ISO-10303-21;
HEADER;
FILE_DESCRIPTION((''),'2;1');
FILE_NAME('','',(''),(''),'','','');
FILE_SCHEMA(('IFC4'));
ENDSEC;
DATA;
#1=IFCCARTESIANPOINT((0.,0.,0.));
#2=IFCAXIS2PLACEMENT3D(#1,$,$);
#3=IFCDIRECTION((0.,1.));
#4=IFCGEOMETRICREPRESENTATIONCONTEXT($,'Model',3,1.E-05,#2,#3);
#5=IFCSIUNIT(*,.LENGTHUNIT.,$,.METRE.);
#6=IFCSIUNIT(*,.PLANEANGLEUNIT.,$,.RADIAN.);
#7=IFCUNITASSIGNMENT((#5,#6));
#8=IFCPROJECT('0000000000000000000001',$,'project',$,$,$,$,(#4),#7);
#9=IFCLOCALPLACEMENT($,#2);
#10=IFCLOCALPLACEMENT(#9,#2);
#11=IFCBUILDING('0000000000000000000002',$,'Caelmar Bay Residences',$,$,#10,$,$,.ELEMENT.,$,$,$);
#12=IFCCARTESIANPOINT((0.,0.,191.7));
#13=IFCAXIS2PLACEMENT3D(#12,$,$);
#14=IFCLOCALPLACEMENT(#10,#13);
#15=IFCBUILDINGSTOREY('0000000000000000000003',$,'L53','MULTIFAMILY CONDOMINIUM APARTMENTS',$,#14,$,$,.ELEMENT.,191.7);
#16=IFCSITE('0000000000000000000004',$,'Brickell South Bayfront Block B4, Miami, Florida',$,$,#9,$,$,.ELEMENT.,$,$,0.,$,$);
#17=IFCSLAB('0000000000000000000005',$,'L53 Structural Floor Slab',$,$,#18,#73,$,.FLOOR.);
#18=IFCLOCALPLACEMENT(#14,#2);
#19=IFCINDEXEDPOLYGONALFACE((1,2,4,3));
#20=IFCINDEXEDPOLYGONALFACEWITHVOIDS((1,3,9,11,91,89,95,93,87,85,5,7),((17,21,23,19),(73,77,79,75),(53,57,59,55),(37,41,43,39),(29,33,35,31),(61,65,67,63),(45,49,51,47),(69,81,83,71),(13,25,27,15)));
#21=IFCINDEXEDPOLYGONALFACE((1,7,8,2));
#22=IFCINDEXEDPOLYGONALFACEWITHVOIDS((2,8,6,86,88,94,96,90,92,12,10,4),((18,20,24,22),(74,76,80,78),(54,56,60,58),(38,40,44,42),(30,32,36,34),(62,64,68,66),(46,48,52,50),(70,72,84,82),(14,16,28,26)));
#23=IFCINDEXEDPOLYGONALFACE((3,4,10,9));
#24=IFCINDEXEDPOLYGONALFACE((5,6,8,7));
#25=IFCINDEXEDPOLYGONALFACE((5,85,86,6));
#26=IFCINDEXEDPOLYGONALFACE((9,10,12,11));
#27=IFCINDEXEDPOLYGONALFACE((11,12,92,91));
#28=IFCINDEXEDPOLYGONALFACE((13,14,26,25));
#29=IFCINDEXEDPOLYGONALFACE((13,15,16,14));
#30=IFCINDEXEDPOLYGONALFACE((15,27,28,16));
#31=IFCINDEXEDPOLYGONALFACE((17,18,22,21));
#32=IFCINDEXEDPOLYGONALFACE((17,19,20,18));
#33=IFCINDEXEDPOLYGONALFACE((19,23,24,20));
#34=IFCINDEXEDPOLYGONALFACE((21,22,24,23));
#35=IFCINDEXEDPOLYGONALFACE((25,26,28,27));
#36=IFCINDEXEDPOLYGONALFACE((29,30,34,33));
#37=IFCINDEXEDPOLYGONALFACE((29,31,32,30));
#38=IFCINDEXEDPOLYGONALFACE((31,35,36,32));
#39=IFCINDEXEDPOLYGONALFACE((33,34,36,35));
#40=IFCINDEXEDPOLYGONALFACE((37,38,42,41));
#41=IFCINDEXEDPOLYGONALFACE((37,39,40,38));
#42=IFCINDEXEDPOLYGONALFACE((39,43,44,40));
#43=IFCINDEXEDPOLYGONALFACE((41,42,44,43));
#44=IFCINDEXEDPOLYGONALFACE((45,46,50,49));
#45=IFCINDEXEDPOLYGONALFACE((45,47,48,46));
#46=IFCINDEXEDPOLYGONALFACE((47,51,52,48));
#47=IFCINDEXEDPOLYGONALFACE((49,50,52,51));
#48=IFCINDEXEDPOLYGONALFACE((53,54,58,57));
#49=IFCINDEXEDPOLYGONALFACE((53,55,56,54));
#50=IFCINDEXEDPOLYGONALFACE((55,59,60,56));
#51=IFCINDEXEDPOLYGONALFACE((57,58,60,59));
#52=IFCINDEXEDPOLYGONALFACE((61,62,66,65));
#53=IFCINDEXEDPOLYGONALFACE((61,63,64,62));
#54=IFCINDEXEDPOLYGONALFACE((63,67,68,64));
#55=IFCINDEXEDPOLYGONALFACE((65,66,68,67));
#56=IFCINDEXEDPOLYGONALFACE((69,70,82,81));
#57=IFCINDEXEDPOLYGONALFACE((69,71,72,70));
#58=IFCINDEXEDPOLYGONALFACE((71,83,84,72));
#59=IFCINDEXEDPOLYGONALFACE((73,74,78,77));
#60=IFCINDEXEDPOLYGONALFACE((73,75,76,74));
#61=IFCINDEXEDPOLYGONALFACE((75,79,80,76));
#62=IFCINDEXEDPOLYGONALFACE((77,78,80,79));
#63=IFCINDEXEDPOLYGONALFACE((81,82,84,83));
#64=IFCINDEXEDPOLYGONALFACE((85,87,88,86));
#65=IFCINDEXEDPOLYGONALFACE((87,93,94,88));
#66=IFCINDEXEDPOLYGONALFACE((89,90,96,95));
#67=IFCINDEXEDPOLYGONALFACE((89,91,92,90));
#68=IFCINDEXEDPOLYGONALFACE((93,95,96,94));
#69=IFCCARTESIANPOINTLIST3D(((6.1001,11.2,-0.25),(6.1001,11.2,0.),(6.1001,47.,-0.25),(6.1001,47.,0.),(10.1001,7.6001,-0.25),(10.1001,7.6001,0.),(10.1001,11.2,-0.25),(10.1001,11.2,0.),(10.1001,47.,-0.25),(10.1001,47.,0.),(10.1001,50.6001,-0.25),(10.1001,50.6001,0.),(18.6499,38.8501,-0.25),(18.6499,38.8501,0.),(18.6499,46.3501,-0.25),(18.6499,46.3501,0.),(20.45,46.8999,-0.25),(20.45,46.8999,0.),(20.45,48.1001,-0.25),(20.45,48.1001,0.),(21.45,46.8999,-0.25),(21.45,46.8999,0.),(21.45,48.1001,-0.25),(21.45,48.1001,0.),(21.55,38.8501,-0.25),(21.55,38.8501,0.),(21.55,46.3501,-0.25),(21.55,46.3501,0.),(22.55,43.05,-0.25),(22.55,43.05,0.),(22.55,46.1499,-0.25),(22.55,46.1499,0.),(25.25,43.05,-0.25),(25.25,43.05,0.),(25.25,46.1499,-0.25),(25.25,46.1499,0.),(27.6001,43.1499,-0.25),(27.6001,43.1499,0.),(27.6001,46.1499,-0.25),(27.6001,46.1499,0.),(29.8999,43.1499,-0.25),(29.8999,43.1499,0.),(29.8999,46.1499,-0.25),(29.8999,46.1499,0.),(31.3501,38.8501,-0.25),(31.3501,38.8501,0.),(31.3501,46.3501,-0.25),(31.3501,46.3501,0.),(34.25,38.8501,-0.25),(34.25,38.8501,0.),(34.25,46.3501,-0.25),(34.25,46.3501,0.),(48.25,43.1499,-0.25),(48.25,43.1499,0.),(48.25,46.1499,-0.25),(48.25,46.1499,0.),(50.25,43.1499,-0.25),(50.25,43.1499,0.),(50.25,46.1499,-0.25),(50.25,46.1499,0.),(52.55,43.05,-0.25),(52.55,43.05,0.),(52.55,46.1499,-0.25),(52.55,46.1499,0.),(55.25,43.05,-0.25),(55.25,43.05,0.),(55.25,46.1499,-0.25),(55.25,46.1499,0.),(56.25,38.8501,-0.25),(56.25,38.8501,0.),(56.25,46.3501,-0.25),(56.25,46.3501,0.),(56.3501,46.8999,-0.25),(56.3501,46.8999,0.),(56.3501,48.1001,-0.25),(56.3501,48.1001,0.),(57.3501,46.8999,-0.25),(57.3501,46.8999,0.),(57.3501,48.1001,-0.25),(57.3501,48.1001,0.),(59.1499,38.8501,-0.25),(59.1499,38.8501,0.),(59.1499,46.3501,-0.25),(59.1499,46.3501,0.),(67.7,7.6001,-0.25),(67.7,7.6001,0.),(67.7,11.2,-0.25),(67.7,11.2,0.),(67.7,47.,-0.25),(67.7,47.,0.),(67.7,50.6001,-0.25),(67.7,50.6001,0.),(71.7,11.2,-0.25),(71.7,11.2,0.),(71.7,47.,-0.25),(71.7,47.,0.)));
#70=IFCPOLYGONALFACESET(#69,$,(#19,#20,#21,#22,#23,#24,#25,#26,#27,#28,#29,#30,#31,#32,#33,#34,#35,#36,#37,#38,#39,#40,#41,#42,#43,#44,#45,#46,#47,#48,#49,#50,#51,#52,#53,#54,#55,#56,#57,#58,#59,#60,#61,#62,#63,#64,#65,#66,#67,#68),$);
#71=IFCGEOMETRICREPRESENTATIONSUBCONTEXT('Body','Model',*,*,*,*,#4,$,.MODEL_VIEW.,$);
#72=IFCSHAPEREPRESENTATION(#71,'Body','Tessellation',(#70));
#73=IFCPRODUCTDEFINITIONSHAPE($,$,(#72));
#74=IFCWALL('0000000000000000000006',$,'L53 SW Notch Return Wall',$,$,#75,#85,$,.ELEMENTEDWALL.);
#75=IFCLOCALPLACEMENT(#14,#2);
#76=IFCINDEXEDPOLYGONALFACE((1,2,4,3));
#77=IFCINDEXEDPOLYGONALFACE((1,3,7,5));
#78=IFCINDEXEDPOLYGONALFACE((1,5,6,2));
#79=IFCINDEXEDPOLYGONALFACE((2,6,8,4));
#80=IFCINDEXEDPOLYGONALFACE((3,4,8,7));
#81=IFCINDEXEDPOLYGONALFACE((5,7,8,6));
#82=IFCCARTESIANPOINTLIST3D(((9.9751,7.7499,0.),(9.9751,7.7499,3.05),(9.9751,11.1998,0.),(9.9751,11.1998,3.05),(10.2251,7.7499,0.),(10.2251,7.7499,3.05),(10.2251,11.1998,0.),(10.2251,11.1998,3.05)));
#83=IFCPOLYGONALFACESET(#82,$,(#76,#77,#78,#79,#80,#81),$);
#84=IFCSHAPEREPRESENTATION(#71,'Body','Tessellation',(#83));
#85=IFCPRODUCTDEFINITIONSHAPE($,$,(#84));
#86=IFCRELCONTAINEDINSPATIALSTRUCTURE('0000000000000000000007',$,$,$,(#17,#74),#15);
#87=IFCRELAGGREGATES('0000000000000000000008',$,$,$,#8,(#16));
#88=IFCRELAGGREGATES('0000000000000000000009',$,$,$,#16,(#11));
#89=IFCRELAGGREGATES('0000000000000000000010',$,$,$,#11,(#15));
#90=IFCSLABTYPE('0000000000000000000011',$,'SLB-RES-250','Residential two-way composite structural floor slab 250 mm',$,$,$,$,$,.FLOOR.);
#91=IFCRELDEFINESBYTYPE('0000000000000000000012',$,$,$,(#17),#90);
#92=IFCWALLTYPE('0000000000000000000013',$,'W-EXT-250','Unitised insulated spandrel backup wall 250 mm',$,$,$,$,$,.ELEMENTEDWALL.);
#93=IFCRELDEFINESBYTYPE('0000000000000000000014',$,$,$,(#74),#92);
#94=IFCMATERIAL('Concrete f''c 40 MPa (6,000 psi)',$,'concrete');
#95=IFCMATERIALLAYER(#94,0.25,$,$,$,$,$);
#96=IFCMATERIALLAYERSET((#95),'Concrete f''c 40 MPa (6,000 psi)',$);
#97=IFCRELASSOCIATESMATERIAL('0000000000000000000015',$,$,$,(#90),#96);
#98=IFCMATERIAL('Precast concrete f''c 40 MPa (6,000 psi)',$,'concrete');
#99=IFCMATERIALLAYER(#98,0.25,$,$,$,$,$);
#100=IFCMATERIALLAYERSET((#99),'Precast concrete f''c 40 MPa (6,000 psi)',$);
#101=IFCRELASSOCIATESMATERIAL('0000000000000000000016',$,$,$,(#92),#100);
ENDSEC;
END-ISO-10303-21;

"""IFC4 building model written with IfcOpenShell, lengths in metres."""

from ifc_helpers import new_model, si_unit, direction, frame, frame_2d, origin, place, context, subcontext, project, spatial, polyline, rectangle, outline, extrude, material, layer, layer_set, type_object, element, save


model = new_model("IFC4")

# Units and contexts
model_context = context("Model", 3, precision=1e-05, world=origin(), true_north=direction((0.0, 1.0)))
body_context = subcontext(model_context, "Body", "Model", "MODEL_VIEW")
ifc_project = project(units=[si_unit("LENGTHUNIT", "METRE"), si_unit("PLANEANGLEUNIT", "RADIAN")], contexts=[model_context])

# Site, building, storey
site_placement = place(None, origin())
site = spatial("IfcSite", under=ifc_project, at=site_placement, Name="Brickell South Bayfront Block B4, Miami, Florida", CompositionType="ELEMENT", RefElevation=0.0)
building_placement = place(site_placement, origin())
building = spatial("IfcBuilding", under=site, at=building_placement, Name="Caelmar Bay Residences", CompositionType="ELEMENT")
storey_placement = place(building_placement, frame((0.0, 0.0, 191.7)))
storey = spatial("IfcBuildingStorey", under=building, at=storey_placement, Name="L53", Description="MULTIFAMILY CONDOMINIUM APARTMENTS", CompositionType="ELEMENT", Elevation=191.7)

# Shared definitions
ifc_material_1 = material(Name="Concrete f'c 40 MPa (6,000 psi)", Category="concrete")

# Slab
ifc_layer_1 = layer(ifc_material_1, 0.25)
ifc_layer_set_1 = layer_set([ifc_layer_1], Name="Concrete f'c 40 MPa (6,000 psi)")
slab_type_1 = type_object("IfcSlabType", Name="SLB-RES-250", Description="Residential two-way composite structural floor slab 250 mm", PredefinedType="FLOOR", material=ifc_layer_set_1)
slab_1_placement = place(storey_placement, frame((0.0, 0.0, -0.25)))
element("IfcSlab", 1, at=slab_1_placement, inside=storey, type_object=slab_type_1, Name="L53 Structural Floor Slab", PredefinedType="FLOOR", context=body_context, shape_type="SweptSolid", body=[
    extrude(outline(polyline([(10.1001, 7.6001), (67.7, 7.6001), (67.7, 11.2), (71.7, 11.2), (71.7, 47.0), (67.7, 47.0), (67.7, 50.6001), (10.1001, 50.6001), (10.1001, 47.0), (6.1001, 47.0), (6.1001, 11.2), (10.1001, 11.2), (10.1001, 7.6001)]), holes=[polyline([(18.6499, 38.8501), (21.55, 38.8501), (21.55, 46.3501), (18.6499, 46.3501), (18.6499, 38.8501)]), polyline([(56.25, 38.8501), (59.1499, 38.8501), (59.1499, 46.3501), (56.25, 46.3501), (56.25, 38.8501)]), polyline([(31.3501, 38.8501), (34.25, 38.8501), (34.25, 46.3501), (31.3501, 46.3501), (31.3501, 38.8501)]), polyline([(22.55, 43.05), (25.25, 43.05), (25.25, 46.1499), (22.55, 46.1499), (22.55, 43.05)]), polyline([(52.55, 43.05), (55.25, 43.05), (55.25, 46.1499), (52.55, 46.1499), (52.55, 43.05)]), polyline([(48.25, 43.1499), (50.25, 43.1499), (50.25, 46.1499), (48.25, 46.1499), (48.25, 43.1499)]), polyline([(27.6001, 43.1499), (29.8999, 43.1499), (29.8999, 46.1499), (27.6001, 46.1499), (27.6001, 43.1499)]), polyline([(20.45, 46.8999), (21.45, 46.8999), (21.45, 48.1001), (20.45, 48.1001), (20.45, 46.8999)]), polyline([(56.3501, 46.8999), (57.3501, 46.8999), (57.3501, 48.1001), (56.3501, 48.1001), (56.3501, 46.8999)])]), origin(), (0.0, 0.0, 1.0), 0.25),
])

# Wall
ifc_material_2 = material(Name="Precast concrete f'c 40 MPa (6,000 psi)", Category="concrete")
ifc_layer_2 = layer(ifc_material_2, 0.25)
ifc_layer_set_2 = layer_set([ifc_layer_2], Name="Precast concrete f'c 40 MPa (6,000 psi)")
wall_type = type_object("IfcWallType", Name="W-EXT-250", Description="Unitised insulated spandrel backup wall 250 mm", PredefinedType="ELEMENTEDWALL", material=ifc_layer_set_2)
wall_placement = place(storey_placement, frame((10.1001, 11.2, 0.0), z_axis=(0.0, 0.0, 1.0), x_axis=(0.0, -1.0, 0.0)))
element("IfcWall", 2, at=wall_placement, inside=storey, type_object=wall_type, Name="L53 SW Notch Return Wall", PredefinedType="ELEMENTEDWALL", context=body_context, shape_type="SweptSolid", body=[
    extrude(rectangle(XDim=3.45, YDim=0.25, at=frame_2d((1.7251, 0.0))), origin(), (0.0, 0.0, 1.0), 3.05),
])

save(model, "model.ifc")
